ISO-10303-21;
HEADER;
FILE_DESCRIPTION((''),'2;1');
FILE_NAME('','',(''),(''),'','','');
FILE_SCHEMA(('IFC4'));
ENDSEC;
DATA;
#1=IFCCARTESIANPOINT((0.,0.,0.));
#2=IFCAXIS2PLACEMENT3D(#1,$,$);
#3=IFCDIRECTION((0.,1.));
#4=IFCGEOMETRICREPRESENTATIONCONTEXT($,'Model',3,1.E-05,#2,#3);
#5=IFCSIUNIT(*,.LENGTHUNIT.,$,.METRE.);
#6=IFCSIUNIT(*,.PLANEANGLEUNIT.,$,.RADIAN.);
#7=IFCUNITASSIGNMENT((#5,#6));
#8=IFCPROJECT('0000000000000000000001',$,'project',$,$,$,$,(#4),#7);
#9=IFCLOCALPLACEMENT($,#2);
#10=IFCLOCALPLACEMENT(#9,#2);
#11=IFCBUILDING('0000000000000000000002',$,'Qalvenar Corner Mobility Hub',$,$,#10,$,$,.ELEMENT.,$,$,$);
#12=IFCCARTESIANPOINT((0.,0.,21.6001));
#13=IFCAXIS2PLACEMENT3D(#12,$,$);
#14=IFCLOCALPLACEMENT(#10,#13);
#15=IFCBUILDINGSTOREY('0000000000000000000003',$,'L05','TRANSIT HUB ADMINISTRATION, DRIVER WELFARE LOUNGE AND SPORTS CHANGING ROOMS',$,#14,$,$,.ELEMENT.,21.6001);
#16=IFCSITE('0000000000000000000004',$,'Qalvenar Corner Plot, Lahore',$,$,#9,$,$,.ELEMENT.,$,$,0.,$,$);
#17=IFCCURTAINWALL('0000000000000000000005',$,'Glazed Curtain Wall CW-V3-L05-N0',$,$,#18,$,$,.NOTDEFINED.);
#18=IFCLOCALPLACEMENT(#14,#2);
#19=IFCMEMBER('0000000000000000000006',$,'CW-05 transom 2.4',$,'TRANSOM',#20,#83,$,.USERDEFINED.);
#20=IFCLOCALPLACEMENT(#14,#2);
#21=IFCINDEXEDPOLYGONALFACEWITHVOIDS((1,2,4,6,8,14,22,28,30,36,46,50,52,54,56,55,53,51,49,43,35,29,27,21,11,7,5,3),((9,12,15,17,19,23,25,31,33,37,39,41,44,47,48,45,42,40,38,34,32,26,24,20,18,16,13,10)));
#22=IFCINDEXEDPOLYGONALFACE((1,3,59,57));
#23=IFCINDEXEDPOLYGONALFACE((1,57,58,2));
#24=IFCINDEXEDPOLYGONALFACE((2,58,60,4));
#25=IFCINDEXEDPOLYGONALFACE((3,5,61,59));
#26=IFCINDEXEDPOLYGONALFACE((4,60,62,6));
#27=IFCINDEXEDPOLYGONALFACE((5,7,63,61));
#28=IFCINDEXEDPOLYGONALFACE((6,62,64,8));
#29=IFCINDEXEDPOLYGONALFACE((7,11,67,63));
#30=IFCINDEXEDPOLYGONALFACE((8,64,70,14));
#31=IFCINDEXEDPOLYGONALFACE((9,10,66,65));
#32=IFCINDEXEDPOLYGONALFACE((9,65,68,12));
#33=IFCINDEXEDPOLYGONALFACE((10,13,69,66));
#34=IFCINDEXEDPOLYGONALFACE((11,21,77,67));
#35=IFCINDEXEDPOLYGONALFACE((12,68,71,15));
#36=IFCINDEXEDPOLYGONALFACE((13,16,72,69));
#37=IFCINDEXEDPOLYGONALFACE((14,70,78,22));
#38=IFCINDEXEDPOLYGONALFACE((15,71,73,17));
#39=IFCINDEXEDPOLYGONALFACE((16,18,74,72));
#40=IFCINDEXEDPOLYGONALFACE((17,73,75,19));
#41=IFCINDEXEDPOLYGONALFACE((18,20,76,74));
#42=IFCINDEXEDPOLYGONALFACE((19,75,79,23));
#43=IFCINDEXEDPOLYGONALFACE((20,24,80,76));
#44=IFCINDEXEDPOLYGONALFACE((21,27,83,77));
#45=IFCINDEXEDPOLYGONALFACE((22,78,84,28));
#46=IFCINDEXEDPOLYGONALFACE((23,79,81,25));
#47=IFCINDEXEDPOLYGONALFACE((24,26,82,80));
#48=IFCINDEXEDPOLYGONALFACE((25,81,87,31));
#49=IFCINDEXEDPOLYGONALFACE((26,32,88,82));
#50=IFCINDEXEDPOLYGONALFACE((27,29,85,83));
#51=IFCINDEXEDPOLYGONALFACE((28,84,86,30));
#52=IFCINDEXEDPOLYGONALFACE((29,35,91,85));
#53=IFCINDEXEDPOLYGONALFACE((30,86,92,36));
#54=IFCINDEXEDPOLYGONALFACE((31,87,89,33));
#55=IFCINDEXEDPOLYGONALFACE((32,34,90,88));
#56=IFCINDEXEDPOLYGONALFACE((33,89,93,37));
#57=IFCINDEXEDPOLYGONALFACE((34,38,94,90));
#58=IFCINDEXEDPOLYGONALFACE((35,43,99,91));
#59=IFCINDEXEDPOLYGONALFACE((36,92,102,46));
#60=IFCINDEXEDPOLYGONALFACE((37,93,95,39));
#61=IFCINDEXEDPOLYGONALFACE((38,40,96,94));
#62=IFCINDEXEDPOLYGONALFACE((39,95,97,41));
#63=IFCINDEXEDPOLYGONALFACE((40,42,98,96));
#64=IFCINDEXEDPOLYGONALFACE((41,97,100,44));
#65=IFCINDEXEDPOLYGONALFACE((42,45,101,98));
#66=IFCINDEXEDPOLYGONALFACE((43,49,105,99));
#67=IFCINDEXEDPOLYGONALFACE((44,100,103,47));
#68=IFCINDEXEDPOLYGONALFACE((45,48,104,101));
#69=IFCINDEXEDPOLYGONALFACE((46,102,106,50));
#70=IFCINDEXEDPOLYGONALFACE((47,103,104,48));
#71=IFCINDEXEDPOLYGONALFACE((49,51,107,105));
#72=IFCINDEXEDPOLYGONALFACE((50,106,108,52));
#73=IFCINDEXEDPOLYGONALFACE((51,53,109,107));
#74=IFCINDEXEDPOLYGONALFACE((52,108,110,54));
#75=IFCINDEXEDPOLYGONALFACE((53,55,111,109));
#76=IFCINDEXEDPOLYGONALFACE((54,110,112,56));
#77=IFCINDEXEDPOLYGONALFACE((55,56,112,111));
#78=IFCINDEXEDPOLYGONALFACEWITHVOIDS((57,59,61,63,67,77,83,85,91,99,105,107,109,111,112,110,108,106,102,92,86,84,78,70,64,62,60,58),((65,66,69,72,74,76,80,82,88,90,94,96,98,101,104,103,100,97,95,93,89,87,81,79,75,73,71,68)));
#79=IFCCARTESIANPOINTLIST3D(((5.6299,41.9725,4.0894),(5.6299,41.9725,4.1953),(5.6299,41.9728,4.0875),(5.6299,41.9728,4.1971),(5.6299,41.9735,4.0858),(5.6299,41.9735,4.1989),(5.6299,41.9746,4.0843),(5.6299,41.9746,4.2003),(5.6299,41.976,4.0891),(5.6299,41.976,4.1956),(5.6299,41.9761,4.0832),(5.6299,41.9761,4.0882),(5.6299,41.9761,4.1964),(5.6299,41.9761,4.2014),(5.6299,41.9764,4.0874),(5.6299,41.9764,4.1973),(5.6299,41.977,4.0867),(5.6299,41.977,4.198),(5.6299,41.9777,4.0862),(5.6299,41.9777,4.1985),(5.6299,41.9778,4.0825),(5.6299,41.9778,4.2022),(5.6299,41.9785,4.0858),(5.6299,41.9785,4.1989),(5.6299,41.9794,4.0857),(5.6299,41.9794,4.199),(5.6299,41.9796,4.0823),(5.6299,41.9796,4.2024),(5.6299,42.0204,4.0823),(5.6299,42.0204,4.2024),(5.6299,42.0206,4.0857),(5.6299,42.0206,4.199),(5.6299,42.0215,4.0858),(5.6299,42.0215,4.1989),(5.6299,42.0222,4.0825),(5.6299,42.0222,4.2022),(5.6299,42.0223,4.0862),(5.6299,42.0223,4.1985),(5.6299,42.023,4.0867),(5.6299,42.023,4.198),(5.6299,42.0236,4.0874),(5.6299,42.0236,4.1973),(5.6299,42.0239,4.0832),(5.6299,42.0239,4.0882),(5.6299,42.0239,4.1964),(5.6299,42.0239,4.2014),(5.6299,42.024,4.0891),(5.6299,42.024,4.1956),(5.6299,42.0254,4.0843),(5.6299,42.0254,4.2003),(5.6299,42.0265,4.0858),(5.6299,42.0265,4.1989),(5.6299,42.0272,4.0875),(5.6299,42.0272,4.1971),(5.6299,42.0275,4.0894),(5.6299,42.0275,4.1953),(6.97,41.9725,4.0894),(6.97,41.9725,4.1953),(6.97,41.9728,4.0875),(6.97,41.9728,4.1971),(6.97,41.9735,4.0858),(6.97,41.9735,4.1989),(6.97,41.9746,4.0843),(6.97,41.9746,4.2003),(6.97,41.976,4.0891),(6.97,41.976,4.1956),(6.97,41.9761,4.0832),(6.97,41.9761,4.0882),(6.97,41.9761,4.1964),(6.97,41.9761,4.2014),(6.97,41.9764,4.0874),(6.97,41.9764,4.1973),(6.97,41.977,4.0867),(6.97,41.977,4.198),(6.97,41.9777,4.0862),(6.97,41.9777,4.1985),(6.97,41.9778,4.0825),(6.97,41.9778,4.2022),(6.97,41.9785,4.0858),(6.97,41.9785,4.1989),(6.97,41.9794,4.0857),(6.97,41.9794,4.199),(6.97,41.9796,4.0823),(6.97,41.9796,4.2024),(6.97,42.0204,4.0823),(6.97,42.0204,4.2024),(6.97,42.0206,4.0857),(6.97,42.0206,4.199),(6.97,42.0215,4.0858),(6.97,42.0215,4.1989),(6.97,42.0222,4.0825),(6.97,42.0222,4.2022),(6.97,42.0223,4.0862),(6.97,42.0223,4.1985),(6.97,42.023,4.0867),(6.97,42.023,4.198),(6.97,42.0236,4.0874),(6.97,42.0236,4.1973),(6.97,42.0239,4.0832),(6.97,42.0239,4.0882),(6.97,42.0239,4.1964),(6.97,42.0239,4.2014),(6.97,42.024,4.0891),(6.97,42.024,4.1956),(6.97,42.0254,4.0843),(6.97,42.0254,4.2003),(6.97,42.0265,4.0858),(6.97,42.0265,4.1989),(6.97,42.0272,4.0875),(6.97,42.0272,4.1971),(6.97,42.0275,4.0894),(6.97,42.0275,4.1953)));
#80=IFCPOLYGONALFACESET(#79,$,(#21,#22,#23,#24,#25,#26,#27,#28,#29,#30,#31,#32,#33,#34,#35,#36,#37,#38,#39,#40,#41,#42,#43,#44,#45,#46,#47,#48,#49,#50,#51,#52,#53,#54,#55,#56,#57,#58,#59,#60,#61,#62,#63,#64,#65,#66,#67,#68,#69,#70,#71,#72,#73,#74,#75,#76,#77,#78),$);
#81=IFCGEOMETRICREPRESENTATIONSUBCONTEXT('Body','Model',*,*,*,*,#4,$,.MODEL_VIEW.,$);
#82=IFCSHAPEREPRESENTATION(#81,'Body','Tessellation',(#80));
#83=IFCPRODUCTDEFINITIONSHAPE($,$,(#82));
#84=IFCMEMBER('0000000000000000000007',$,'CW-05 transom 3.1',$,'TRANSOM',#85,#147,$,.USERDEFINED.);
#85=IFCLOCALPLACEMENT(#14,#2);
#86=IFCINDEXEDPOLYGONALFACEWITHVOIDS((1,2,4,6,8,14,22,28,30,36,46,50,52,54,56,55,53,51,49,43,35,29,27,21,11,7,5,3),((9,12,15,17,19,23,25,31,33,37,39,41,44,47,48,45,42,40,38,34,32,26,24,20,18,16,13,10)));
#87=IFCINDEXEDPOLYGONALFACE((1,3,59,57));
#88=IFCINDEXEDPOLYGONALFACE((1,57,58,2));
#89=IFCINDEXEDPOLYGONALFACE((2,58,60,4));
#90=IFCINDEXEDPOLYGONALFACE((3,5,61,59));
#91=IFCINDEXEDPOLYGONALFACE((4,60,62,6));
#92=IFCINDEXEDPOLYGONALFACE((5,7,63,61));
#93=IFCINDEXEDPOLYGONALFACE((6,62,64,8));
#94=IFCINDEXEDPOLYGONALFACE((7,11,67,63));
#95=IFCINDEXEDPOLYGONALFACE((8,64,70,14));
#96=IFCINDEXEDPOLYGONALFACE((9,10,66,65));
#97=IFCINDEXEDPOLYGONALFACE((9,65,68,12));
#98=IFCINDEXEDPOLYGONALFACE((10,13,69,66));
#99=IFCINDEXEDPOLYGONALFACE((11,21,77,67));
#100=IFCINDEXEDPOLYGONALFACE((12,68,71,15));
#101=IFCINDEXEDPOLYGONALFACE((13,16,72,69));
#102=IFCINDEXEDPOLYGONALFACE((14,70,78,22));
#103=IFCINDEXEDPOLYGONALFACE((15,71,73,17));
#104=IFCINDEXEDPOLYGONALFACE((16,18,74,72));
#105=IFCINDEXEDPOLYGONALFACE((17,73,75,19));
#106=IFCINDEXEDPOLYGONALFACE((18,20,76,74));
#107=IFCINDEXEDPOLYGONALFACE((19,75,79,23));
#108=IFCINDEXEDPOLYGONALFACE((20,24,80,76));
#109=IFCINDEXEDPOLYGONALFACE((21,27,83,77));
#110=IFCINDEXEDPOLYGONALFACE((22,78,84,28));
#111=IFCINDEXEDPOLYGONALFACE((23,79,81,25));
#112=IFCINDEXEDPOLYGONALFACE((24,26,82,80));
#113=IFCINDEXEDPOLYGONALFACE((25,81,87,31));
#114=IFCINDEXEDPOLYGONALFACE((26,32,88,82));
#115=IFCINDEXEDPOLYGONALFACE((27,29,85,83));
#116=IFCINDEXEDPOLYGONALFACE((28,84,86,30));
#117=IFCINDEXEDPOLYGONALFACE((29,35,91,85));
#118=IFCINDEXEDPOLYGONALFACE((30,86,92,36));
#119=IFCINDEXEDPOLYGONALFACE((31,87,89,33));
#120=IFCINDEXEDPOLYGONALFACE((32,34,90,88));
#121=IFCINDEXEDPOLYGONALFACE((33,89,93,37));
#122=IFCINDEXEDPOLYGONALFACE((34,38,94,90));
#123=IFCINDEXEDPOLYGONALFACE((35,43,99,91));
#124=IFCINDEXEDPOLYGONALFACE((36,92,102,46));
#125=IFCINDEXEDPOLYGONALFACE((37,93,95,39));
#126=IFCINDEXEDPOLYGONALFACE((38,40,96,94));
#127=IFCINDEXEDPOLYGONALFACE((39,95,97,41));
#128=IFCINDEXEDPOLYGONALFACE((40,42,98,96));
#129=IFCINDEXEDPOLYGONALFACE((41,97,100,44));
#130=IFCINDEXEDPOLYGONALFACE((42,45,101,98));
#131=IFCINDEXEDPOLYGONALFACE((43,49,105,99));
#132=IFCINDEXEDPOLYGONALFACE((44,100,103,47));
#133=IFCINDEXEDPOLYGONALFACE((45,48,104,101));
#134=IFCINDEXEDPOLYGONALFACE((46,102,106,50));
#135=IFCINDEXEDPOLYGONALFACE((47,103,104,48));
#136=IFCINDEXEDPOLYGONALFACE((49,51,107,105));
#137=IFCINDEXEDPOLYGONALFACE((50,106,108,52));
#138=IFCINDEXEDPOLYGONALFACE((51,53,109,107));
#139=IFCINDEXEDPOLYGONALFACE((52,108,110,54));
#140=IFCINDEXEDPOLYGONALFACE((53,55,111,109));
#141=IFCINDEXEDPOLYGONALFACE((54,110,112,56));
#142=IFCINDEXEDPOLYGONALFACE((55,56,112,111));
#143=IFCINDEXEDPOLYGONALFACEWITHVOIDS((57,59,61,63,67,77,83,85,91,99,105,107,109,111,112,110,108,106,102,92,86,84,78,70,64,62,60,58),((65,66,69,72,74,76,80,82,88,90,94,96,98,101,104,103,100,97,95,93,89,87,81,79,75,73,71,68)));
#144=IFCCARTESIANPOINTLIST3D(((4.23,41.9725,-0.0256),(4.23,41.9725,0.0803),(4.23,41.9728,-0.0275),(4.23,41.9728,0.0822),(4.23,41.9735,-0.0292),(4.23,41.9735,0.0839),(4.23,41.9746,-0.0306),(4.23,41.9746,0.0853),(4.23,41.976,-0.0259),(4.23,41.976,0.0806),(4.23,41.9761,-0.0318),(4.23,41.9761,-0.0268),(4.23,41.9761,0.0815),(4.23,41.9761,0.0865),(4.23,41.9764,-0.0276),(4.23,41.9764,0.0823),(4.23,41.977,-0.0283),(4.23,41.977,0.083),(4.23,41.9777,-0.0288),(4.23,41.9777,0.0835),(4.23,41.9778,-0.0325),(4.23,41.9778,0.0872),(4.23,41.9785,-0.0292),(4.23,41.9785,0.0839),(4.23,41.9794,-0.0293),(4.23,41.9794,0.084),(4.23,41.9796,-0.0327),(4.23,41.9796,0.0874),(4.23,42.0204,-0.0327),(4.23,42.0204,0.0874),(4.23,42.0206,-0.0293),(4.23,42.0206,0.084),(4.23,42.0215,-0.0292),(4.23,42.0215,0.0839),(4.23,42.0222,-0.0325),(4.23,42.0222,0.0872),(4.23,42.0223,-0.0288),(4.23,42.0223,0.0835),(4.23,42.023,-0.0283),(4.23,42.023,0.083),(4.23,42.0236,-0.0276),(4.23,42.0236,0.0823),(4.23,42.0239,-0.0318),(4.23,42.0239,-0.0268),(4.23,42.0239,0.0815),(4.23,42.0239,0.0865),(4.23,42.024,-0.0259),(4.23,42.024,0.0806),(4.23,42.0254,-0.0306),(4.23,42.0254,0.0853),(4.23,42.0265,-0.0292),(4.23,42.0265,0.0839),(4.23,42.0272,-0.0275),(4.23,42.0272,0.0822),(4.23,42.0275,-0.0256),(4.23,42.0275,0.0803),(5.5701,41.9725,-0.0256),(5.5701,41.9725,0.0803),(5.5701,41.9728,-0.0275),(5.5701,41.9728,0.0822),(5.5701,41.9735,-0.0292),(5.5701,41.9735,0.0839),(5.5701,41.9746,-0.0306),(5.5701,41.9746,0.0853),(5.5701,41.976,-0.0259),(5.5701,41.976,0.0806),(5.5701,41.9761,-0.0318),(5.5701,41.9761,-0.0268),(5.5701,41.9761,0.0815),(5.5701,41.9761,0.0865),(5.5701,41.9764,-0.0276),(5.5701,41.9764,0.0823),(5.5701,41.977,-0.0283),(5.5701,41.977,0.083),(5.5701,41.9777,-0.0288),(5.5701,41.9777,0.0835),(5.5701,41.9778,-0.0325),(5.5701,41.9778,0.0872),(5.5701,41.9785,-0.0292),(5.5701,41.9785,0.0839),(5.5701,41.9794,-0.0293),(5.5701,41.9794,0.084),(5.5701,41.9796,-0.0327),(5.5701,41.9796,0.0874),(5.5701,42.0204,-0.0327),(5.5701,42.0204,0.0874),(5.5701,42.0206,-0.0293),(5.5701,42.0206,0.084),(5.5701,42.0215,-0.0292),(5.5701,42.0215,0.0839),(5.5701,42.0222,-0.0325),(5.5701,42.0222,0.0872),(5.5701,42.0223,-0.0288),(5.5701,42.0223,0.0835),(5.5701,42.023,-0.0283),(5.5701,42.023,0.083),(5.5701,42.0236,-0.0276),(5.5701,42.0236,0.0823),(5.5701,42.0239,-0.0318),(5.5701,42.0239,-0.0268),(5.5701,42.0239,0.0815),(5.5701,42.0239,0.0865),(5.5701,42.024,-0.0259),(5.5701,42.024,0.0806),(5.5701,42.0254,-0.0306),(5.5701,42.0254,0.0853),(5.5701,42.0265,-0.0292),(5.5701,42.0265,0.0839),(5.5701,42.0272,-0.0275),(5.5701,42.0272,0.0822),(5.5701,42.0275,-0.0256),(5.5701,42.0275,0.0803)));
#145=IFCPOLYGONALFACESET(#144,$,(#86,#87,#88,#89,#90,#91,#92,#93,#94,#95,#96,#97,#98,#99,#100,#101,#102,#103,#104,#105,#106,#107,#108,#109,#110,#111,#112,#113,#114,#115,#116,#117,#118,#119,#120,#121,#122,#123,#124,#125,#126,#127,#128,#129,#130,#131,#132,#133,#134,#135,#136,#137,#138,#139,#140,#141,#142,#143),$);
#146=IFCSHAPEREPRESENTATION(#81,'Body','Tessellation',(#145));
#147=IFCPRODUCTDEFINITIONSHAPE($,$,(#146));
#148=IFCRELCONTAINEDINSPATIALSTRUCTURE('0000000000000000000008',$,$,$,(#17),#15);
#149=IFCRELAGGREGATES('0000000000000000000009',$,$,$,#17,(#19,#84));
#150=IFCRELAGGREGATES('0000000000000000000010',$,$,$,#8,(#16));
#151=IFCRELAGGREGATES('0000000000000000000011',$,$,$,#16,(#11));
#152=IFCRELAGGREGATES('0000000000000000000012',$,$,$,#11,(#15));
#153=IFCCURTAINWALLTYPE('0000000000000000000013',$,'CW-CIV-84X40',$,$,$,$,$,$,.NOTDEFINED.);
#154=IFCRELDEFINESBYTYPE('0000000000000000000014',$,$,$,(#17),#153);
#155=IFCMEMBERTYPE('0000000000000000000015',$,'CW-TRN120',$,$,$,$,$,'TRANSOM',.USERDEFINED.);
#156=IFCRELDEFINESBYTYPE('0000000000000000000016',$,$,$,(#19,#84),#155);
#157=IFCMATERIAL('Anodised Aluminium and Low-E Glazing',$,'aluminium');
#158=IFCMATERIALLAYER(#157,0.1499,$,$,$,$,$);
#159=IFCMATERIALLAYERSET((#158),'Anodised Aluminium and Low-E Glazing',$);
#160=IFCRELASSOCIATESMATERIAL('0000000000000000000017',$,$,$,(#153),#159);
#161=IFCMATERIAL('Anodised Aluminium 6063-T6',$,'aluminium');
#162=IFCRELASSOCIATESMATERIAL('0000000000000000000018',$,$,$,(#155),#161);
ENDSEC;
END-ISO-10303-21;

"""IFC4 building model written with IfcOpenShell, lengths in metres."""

from ifc_helpers import new_model, si_unit, direction, frame, origin, origin_2d, place, context, subcontext, project, spatial, hollow_rectangle, extrude, material, layer, layer_set, material_profile, profile_set, type_object, element, aggregate, save


model = new_model("IFC4")

# Units and contexts
model_context = context("Model", 3, precision=1e-05, world=origin(), true_north=direction((0.0, 1.0)))
body_context = subcontext(model_context, "Body", "Model", "MODEL_VIEW")
ifc_project = project(units=[si_unit("LENGTHUNIT", "METRE"), si_unit("PLANEANGLEUNIT", "RADIAN")], contexts=[model_context])

# Site, building, storey
site_placement = place(None, origin())
site = spatial("IfcSite", under=ifc_project, at=site_placement, Name="Qalvenar Corner Plot, Lahore", CompositionType="ELEMENT", RefElevation=0.0)
building_placement = place(site_placement, origin())
building = spatial("IfcBuilding", under=site, at=building_placement, Name="Qalvenar Corner Mobility Hub", CompositionType="ELEMENT")
storey_placement = place(building_placement, frame((0.0, 0.0, 21.6001)))
storey = spatial("IfcBuildingStorey", under=building, at=storey_placement, Name="L05", Description="TRANSIT HUB ADMINISTRATION, DRIVER WELFARE LOUNGE AND SPORTS CHANGING ROOMS", CompositionType="ELEMENT", Elevation=21.6001)

# Curtain wall, members
ifc_material_1 = material(Name="Anodised Aluminium and Low-E Glazing", Category="aluminium")
ifc_layer_1 = layer(ifc_material_1, 0.1499)
ifc_layer_set_1 = layer_set([ifc_layer_1], Name="Anodised Aluminium and Low-E Glazing")
curtain_wall_type = type_object("IfcCurtainWallType", Name="CW-CIV-84X40", PredefinedType="NOTDEFINED", material=ifc_layer_set_1)
curtain_wall_placement = place(storey_placement, origin())
curtain_wall = element("IfcCurtainWall", 1, at=curtain_wall_placement, inside=storey, type_object=curtain_wall_type, Name="Glazed Curtain Wall CW-V3-L05-N0", PredefinedType="NOTDEFINED")
ifc_material_2 = material(Name="Anodised Aluminium 6063-T6", Category="aluminium")
ifc_material_profile_1 = material_profile(ifc_material_2, hollow_rectangle(XDim=0.0549, YDim=0.1201, WallThickness=0.0034, InnerFilletRadius=0.0034, OuterFilletRadius=0.0071, at=origin_2d()), Name="RHS120x55x3.5")
ifc_profile_set_1 = profile_set([ifc_material_profile_1], Name="Anodised Aluminium 6063-T6")
member_type_1 = type_object("IfcMemberType", Name="CW-TRN120", ElementType="TRANSOM", PredefinedType="USERDEFINED", material=ifc_profile_set_1)
member_1_placement = place(storey_placement, frame((6.97, 42.0, 4.1423), z_axis=(-1.0, 0.0, 0.0), x_axis=(0.0, -1.0, 0.0)))
member_1 = element("IfcMember", 2, at=member_1_placement, type_object=member_type_1, Name="CW-05 transom 2.4", ObjectType="TRANSOM", PredefinedType="USERDEFINED", context=body_context, shape_type="SweptSolid", body=[
    extrude(hollow_rectangle(XDim=0.0549, YDim=0.1201, WallThickness=0.0034, InnerFilletRadius=0.0034, OuterFilletRadius=0.0071, at=origin_2d()), origin(), (0.0, 0.0, 1.0), 1.3401),
])
member_2_placement = place(storey_placement, frame((5.5701, 42.0, 0.0273), z_axis=(-1.0, 0.0, 0.0), x_axis=(0.0, -1.0, 0.0)))
member_2 = element("IfcMember", 3, at=member_2_placement, type_object=member_type_1, Name="CW-05 transom 3.1", ObjectType="TRANSOM", PredefinedType="USERDEFINED", context=body_context, shape_type="SweptSolid", body=[
    extrude(hollow_rectangle(XDim=0.0549, YDim=0.1201, WallThickness=0.0034, InnerFilletRadius=0.0034, OuterFilletRadius=0.0071, at=origin_2d()), origin(), (0.0, 0.0, 1.0), 1.3401),
])
aggregate(curtain_wall, [member_1, member_2])

save(model, "model.ifc")
